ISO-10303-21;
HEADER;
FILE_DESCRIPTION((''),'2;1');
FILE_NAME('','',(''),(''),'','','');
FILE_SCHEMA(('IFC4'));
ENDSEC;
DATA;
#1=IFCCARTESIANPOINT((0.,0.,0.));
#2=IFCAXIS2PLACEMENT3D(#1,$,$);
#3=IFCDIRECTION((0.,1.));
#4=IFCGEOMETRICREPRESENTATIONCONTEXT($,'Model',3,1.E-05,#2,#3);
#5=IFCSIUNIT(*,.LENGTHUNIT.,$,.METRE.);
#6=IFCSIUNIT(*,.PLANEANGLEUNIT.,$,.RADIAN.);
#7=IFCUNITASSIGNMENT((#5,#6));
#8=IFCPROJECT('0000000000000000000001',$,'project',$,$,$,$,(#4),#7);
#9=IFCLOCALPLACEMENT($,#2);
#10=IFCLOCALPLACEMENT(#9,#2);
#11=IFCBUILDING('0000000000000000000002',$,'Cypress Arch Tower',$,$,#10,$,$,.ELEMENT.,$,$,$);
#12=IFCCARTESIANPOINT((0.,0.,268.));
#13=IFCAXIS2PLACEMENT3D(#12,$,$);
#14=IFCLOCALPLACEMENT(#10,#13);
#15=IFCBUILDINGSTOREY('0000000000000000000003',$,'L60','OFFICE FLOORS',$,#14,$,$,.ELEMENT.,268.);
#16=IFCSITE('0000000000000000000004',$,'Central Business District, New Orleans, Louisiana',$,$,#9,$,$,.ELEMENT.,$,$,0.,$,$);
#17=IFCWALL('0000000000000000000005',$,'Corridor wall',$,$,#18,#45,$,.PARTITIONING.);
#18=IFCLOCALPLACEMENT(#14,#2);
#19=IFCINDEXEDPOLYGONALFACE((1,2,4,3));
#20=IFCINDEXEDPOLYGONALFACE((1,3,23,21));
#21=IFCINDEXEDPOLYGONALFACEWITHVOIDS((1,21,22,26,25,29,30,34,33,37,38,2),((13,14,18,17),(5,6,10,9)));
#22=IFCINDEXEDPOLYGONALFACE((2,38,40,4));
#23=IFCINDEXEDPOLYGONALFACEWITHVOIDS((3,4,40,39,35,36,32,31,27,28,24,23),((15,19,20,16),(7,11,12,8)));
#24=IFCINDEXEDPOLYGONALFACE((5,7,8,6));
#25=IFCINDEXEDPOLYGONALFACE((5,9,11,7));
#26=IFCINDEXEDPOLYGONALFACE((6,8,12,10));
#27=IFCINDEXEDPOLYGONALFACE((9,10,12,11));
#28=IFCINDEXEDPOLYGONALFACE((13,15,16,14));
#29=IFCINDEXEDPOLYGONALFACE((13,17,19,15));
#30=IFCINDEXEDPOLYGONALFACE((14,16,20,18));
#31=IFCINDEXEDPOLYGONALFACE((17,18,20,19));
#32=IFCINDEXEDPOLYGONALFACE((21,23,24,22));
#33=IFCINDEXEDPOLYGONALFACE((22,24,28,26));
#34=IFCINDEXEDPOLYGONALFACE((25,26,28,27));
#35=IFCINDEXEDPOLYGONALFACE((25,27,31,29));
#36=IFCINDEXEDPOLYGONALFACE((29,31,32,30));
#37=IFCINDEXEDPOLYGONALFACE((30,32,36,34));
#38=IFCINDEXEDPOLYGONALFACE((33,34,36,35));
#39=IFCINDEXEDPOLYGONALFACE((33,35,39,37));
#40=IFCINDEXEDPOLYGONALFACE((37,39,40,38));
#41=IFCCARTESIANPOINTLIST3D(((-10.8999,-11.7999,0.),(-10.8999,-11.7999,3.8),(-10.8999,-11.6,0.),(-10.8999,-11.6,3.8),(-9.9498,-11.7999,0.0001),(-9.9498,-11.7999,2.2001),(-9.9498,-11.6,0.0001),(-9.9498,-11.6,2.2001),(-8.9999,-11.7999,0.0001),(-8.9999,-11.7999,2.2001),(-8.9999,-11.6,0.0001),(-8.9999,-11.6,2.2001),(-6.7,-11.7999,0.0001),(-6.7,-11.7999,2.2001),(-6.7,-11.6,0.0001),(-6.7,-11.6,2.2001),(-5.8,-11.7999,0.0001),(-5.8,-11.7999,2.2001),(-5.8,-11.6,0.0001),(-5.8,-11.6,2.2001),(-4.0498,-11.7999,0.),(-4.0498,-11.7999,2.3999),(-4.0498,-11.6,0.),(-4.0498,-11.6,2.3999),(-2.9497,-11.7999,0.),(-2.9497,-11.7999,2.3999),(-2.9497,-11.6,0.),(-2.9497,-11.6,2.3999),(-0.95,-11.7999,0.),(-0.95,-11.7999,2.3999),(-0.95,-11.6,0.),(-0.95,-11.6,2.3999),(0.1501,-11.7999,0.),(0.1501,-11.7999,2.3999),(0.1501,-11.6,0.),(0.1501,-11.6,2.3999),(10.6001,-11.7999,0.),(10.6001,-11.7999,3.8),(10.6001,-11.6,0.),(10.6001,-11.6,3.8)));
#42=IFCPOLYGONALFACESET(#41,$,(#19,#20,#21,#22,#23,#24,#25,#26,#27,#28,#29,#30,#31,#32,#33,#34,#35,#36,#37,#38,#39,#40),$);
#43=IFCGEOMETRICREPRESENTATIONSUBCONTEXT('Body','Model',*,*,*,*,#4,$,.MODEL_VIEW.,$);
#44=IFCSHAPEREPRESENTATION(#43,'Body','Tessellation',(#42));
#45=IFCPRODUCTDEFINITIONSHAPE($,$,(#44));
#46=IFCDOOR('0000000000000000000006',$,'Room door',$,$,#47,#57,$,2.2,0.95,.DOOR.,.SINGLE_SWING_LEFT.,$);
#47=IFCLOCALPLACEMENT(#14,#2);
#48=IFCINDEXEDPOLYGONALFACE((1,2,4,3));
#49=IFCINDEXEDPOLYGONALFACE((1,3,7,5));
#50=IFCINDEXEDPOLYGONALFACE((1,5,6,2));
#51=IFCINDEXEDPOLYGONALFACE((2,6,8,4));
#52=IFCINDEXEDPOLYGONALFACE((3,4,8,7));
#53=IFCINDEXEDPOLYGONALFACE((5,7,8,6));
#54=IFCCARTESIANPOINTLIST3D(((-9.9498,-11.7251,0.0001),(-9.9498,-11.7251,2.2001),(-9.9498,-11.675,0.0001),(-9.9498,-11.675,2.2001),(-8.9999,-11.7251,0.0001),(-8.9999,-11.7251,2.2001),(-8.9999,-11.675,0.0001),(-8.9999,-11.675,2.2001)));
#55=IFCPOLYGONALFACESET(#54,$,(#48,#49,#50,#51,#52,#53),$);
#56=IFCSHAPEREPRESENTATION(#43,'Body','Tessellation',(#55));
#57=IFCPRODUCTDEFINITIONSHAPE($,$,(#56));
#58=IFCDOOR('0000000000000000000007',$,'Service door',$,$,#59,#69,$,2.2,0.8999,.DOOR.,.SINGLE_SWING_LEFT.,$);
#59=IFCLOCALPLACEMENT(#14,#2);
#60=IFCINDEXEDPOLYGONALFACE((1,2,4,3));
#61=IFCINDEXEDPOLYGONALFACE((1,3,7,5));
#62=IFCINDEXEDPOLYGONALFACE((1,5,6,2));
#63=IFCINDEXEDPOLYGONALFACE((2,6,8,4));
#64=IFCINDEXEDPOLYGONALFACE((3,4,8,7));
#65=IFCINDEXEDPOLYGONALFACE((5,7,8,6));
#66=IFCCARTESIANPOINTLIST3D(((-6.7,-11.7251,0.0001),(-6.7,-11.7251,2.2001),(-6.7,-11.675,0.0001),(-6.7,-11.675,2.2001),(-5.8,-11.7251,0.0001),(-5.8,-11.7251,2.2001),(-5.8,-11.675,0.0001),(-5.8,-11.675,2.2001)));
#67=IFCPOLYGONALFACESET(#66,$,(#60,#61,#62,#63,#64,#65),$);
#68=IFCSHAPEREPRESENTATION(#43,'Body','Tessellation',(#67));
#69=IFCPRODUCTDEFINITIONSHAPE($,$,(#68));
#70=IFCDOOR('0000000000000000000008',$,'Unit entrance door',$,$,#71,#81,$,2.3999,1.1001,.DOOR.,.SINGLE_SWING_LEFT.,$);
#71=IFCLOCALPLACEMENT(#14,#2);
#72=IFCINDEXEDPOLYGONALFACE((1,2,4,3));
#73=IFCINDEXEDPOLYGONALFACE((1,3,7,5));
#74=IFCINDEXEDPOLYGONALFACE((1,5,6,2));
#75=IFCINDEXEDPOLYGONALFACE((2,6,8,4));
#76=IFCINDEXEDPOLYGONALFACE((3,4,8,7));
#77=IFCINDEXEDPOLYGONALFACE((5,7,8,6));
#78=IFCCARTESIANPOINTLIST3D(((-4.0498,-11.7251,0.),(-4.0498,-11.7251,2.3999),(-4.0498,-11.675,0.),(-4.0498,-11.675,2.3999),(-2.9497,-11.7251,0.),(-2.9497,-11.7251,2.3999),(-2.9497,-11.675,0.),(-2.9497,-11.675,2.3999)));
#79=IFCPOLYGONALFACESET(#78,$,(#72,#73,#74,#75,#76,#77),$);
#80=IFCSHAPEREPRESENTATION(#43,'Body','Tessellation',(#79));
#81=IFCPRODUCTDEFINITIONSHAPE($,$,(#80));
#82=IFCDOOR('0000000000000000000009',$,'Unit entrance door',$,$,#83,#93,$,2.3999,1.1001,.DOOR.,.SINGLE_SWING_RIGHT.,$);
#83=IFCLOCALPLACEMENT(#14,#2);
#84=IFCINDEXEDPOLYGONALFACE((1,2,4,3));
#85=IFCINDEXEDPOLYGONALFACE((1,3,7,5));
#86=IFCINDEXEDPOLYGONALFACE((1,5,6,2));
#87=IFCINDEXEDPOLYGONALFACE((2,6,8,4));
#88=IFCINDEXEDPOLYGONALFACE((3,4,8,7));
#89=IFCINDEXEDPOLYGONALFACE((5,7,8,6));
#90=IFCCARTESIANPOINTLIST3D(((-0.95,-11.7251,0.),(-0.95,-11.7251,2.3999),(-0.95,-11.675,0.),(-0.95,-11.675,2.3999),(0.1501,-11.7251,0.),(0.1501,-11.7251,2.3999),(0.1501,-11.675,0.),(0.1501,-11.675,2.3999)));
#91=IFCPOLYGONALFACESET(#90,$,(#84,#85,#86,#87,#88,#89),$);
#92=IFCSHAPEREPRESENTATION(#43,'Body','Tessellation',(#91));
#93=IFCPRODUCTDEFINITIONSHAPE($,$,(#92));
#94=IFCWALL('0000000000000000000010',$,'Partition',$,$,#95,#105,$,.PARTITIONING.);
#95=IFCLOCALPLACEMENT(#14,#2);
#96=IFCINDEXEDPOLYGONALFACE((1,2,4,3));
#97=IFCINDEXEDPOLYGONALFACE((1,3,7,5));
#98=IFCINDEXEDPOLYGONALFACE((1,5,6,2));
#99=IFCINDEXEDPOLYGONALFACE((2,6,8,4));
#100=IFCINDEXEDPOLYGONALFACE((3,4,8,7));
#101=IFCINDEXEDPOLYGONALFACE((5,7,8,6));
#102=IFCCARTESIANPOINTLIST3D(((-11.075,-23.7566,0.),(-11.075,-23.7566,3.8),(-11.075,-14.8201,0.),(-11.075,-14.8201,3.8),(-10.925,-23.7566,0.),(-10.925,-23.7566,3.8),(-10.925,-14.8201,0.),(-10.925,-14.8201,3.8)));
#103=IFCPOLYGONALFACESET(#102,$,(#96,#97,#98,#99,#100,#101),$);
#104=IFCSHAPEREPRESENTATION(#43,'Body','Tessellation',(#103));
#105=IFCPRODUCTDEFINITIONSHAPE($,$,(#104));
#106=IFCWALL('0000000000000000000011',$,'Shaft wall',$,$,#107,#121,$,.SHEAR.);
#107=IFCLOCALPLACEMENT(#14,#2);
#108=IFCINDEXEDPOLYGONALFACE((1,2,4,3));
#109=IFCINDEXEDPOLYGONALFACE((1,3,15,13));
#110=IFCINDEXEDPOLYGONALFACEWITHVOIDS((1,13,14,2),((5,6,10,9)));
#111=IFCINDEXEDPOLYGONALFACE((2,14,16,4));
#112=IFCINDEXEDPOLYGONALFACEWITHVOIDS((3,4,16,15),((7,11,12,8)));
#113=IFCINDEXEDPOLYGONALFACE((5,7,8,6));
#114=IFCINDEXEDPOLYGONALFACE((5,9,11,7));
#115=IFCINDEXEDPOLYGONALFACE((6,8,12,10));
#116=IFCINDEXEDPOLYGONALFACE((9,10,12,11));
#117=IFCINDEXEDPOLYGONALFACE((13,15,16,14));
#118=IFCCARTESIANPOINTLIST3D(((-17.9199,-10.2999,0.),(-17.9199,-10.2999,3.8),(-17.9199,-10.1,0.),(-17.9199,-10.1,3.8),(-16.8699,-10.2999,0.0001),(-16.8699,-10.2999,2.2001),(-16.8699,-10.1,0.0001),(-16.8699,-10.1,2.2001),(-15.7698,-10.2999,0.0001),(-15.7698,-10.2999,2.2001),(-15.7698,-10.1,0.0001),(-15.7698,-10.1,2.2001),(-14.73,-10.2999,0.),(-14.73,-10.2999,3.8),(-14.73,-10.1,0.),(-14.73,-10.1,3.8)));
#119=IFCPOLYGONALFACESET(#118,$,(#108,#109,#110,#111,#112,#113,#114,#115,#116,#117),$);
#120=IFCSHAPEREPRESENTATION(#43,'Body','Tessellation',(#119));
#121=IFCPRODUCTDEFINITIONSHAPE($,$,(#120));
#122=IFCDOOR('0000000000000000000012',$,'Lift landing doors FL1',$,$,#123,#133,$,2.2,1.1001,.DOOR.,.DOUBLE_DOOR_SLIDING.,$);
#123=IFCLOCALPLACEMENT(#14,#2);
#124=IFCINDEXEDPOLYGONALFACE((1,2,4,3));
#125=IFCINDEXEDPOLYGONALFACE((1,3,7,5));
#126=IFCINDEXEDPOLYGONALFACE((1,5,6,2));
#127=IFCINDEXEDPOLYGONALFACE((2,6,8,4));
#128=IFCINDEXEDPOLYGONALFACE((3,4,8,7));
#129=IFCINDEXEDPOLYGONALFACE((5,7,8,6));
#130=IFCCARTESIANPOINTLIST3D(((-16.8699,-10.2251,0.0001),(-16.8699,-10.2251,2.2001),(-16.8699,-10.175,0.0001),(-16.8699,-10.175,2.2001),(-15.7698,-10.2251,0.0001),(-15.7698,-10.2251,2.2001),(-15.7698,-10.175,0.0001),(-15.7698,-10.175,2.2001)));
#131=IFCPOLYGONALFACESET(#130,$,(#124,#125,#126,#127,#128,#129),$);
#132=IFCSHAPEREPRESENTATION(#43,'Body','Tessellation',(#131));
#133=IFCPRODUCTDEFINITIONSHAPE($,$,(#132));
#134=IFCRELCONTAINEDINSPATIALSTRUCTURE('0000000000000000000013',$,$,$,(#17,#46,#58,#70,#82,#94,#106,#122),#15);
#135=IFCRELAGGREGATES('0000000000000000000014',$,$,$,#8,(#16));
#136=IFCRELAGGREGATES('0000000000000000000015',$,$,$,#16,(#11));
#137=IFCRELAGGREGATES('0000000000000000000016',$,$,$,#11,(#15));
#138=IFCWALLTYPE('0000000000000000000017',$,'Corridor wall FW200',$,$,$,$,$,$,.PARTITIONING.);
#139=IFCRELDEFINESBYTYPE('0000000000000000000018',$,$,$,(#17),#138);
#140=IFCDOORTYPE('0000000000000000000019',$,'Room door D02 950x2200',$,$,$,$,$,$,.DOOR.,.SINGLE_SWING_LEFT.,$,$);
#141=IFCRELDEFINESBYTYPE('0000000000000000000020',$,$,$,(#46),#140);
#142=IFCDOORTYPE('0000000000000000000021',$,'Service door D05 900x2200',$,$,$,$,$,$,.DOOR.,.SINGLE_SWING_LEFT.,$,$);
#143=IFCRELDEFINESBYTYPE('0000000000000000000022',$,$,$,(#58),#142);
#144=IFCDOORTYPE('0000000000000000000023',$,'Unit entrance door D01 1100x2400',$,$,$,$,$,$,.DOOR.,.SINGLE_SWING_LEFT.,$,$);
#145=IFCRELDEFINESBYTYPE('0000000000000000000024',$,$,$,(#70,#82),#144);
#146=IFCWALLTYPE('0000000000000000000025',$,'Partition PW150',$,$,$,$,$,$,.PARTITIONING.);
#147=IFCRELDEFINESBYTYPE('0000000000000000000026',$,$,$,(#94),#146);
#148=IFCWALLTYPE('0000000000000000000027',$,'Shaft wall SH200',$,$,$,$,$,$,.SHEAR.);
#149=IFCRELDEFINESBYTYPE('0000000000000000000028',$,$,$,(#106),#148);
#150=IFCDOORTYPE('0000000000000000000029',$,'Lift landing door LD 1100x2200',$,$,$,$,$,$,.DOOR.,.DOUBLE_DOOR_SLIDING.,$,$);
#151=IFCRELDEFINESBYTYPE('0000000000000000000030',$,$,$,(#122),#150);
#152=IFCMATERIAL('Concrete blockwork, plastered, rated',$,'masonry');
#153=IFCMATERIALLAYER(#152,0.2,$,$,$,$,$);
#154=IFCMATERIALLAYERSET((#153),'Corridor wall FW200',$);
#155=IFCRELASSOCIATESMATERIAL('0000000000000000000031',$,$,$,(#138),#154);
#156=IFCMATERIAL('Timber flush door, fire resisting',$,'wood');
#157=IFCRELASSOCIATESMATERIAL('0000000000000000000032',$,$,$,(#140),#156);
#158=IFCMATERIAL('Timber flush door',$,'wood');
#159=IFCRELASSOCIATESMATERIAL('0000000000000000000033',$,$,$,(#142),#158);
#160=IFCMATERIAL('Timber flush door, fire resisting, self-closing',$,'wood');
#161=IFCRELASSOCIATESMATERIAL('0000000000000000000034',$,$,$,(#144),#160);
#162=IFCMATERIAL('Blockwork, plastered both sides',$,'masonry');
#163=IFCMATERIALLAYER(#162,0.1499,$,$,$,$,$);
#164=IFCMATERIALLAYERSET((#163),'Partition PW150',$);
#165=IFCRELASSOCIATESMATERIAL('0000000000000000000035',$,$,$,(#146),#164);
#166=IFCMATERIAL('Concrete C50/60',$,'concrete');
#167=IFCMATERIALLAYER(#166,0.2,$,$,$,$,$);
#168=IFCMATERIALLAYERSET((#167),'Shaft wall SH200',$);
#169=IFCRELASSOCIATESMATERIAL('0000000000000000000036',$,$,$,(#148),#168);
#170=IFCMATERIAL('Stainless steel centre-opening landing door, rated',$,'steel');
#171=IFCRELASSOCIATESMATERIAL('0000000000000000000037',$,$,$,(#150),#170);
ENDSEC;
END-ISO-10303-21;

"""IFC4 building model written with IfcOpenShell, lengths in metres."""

from ifc_helpers import new_model, si_unit, direction, frame, frame_2d, origin, place, context, subcontext, project, spatial, rectangle, extrude, material, layer, layer_set, type_object, element, fill, save


model = new_model("IFC4")

# Units and contexts
model_context = context("Model", 3, precision=1e-05, world=origin(), true_north=direction((0.0, 1.0)))
body_context = subcontext(model_context, "Body", "Model", "MODEL_VIEW")
ifc_project = project(units=[si_unit("LENGTHUNIT", "METRE"), si_unit("PLANEANGLEUNIT", "RADIAN")], contexts=[model_context])

# Site, building, storey
site_placement = place(None, origin())
site = spatial("IfcSite", under=ifc_project, at=site_placement, Name="Central Business District, New Orleans, Louisiana", CompositionType="ELEMENT", RefElevation=0.0)
building_placement = place(site_placement, origin())
building = spatial("IfcBuilding", under=site, at=building_placement, Name="Cypress Arch Tower", CompositionType="ELEMENT")
storey_placement = place(building_placement, frame((0.0, 0.0, 268.0)))
storey = spatial("IfcBuildingStorey", under=building, at=storey_placement, Name="L60", Description="OFFICE FLOORS", CompositionType="ELEMENT", Elevation=268.0)

# Shared definitions
ifc_material_1 = material(Name="Concrete blockwork, plastered, rated", Category="masonry")
ifc_layer_1 = layer(ifc_material_1, 0.2)
ifc_layer_set_1 = layer_set([ifc_layer_1], Name="Corridor wall FW200")
wall_type_1 = type_object("IfcWallType", Name="Corridor wall FW200", PredefinedType="PARTITIONING", material=ifc_layer_set_1)

# Wall, openings, doors
wall_1_placement = place(storey_placement, frame((-10.8999, -11.7, 0.0), z_axis=(0.0, 0.0, 1.0), x_axis=(1.0, 0.0, 0.0)))
wall_1 = element("IfcWall", 1, at=wall_1_placement, inside=storey, type_object=wall_type_1, Name="Corridor wall", PredefinedType="PARTITIONING", context=body_context, shape_type="SweptSolid", body=[
    extrude(rectangle(XDim=21.5, YDim=0.2, at=frame_2d((10.75, 0.0))), origin(), (0.0, 0.0, 1.0), 3.8),
])
opening_1_placement = place(wall_1_placement, frame((0.95, 0.0, 0.0)))
opening_1 = element("IfcOpeningElement", 2, at=opening_1_placement, cuts=wall_1, PredefinedType="OPENING", context=body_context, shape_type="SweptSolid", body=[
    extrude(rectangle(XDim=0.95, YDim=2.2, at=frame_2d((0.4751, 1.1001))), frame((0.0, 0.1099, 0.0), z_axis=(0.0, -1.0, 0.0), x_axis=(1.0, 0.0, 0.0)), (0.0, 0.0, 1.0), 0.22),
])
opening_2_placement = place(wall_1_placement, frame((4.2, 0.0, 0.0)))
opening_2 = element("IfcOpeningElement", 3, at=opening_2_placement, cuts=wall_1, PredefinedType="OPENING", context=body_context, shape_type="SweptSolid", body=[
    extrude(rectangle(XDim=0.8999, YDim=2.2, at=frame_2d((0.45, 1.1001))), frame((0.0, 0.1099, 0.0), z_axis=(0.0, -1.0, 0.0), x_axis=(1.0, 0.0, 0.0)), (0.0, 0.0, 1.0), 0.22),
])
opening_3_placement = place(wall_1_placement, frame((6.8501, 0.0, 0.0)))
opening_3 = element("IfcOpeningElement", 4, at=opening_3_placement, cuts=wall_1, PredefinedType="OPENING", context=body_context, shape_type="SweptSolid", body=[
    extrude(rectangle(XDim=1.1001, YDim=2.3999, at=frame_2d((0.55, 1.2))), frame((0.0, 0.1099, 0.0), z_axis=(0.0, -1.0, 0.0), x_axis=(1.0, 0.0, 0.0)), (0.0, 0.0, 1.0), 0.22),
])
opening_4_placement = place(wall_1_placement, frame((9.95, 0.0, 0.0)))
opening_4 = element("IfcOpeningElement", 5, at=opening_4_placement, cuts=wall_1, PredefinedType="OPENING", context=body_context, shape_type="SweptSolid", body=[
    extrude(rectangle(XDim=1.1001, YDim=2.3999, at=frame_2d((0.55, 1.2))), frame((0.0, 0.1099, 0.0), z_axis=(0.0, -1.0, 0.0), x_axis=(1.0, 0.0, 0.0)), (0.0, 0.0, 1.0), 0.22),
])
ifc_material_2 = material(Name="Timber flush door, fire resisting", Category="wood")
door_type_1 = type_object("IfcDoorType", Name="Room door D02 950x2200", OperationType="SINGLE_SWING_LEFT", PredefinedType="DOOR", material=ifc_material_2)
door_1_placement = place(opening_1_placement, origin())
door_1 = element("IfcDoor", 6, at=door_1_placement, inside=storey, type_object=door_type_1, Name="Room door", OperationType="SINGLE_SWING_LEFT", OverallHeight=2.2, OverallWidth=0.95, PredefinedType="DOOR", context=body_context, shape_type="SweptSolid", body=[
    extrude(rectangle(XDim=0.95, YDim=2.2, at=frame_2d((0.4751, 1.1001))), frame((0.0, 0.0249, 0.0), z_axis=(0.0, -1.0, 0.0), x_axis=(1.0, 0.0, 0.0)), (0.0, 0.0, 1.0), 0.05),
])
fill(opening_1, door_1)
ifc_material_3 = material(Name="Timber flush door", Category="wood")
door_type_2 = type_object("IfcDoorType", Name="Service door D05 900x2200", OperationType="SINGLE_SWING_LEFT", PredefinedType="DOOR", material=ifc_material_3)
door_2_placement = place(opening_2_placement, origin())
door_2 = element("IfcDoor", 7, at=door_2_placement, inside=storey, type_object=door_type_2, Name="Service door", OperationType="SINGLE_SWING_LEFT", OverallHeight=2.2, OverallWidth=0.8999, PredefinedType="DOOR", context=body_context, shape_type="SweptSolid", body=[
    extrude(rectangle(XDim=0.8999, YDim=2.2, at=frame_2d((0.45, 1.1001))), frame((0.0, 0.0249, 0.0), z_axis=(0.0, -1.0, 0.0), x_axis=(1.0, 0.0, 0.0)), (0.0, 0.0, 1.0), 0.05),
])
fill(opening_2, door_2)
ifc_material_4 = material(Name="Timber flush door, fire resisting, self-closing", Category="wood")
door_type_3 = type_object("IfcDoorType", Name="Unit entrance door D01 1100x2400", OperationType="SINGLE_SWING_LEFT", PredefinedType="DOOR", material=ifc_material_4)
door_3_placement = place(opening_3_placement, origin())
door_3 = element("IfcDoor", 8, at=door_3_placement, inside=storey, type_object=door_type_3, Name="Unit entrance door", OperationType="SINGLE_SWING_LEFT", OverallHeight=2.3999, OverallWidth=1.1001, PredefinedType="DOOR", context=body_context, shape_type="SweptSolid", body=[
    extrude(rectangle(XDim=1.1001, YDim=2.3999, at=frame_2d((0.55, 1.2))), frame((0.0, 0.0249, 0.0), z_axis=(0.0, -1.0, 0.0), x_axis=(1.0, 0.0, 0.0)), (0.0, 0.0, 1.0), 0.05),
])
fill(opening_3, door_3)
door_4_placement = place(opening_4_placement, origin())
door_4 = element("IfcDoor", 9, at=door_4_placement, inside=storey, type_object=door_type_3, Name="Unit entrance door", OperationType="SINGLE_SWING_RIGHT", OverallHeight=2.3999, OverallWidth=1.1001, PredefinedType="DOOR", context=body_context, shape_type="SweptSolid", body=[
    extrude(rectangle(XDim=1.1001, YDim=2.3999, at=frame_2d((0.55, 1.2))), frame((0.0, 0.0249, 0.0), z_axis=(0.0, -1.0, 0.0), x_axis=(1.0, 0.0, 0.0)), (0.0, 0.0, 1.0), 0.05),
])
fill(opening_4, door_4)

# Wall
ifc_material_5 = material(Name="Blockwork, plastered both sides", Category="masonry")
ifc_layer_2 = layer(ifc_material_5, 0.1499)
ifc_layer_set_2 = layer_set([ifc_layer_2], Name="Partition PW150")
wall_type_2 = type_object("IfcWallType", Name="Partition PW150", PredefinedType="PARTITIONING", material=ifc_layer_set_2)
wall_2_placement = place(storey_placement, frame((-11.0, -23.7566, 0.0), z_axis=(0.0, 0.0, 1.0), x_axis=(0.0, 1.0, 0.0)))
element("IfcWall", 10, at=wall_2_placement, inside=storey, type_object=wall_type_2, Name="Partition", PredefinedType="PARTITIONING", context=body_context, shape_type="SweptSolid", body=[
    extrude(rectangle(XDim=8.9365, YDim=0.1499, at=frame_2d((4.4683, 0.0))), origin(), (0.0, 0.0, 1.0), 3.8),
])

# Wall, opening, door
ifc_material_6 = material(Name="Concrete C50/60", Category="concrete")
ifc_layer_3 = layer(ifc_material_6, 0.2)
ifc_layer_set_3 = layer_set([ifc_layer_3], Name="Shaft wall SH200")
wall_type_3 = type_object("IfcWallType", Name="Shaft wall SH200", PredefinedType="SHEAR", material=ifc_layer_set_3)
wall_3_placement = place(storey_placement, frame((-17.9199, -10.2, 0.0), z_axis=(0.0, 0.0, 1.0), x_axis=(1.0, 0.0, 0.0)))
wall_3 = element("IfcWall", 11, at=wall_3_placement, inside=storey, type_object=wall_type_3, Name="Shaft wall", PredefinedType="SHEAR", context=body_context, shape_type="SweptSolid", body=[
    extrude(rectangle(XDim=3.1899, YDim=0.2, at=frame_2d((1.595, 0.0))), origin(), (0.0, 0.0, 1.0), 3.8),
])
opening_5_placement = place(wall_3_placement, frame((1.05, 0.0, 0.0)))
opening_5 = element("IfcOpeningElement", 12, at=opening_5_placement, cuts=wall_3, PredefinedType="OPENING", context=body_context, shape_type="SweptSolid", body=[
    extrude(rectangle(XDim=1.1001, YDim=2.2, at=frame_2d((0.55, 1.1001))), frame((0.0, 0.1099, 0.0), z_axis=(0.0, -1.0, 0.0), x_axis=(1.0, 0.0, 0.0)), (0.0, 0.0, 1.0), 0.22),
])
ifc_material_7 = material(Name="Stainless steel centre-opening landing door, rated", Category="steel")
door_type_4 = type_object("IfcDoorType", Name="Lift landing door LD 1100x2200", OperationType="DOUBLE_DOOR_SLIDING", PredefinedType="DOOR", material=ifc_material_7)
door_5_placement = place(opening_5_placement, origin())
door_5 = element("IfcDoor", 13, at=door_5_placement, inside=storey, type_object=door_type_4, Name="Lift landing doors FL1", OperationType="DOUBLE_DOOR_SLIDING", OverallHeight=2.2, OverallWidth=1.1001, PredefinedType="DOOR", context=body_context, shape_type="SweptSolid", body=[
    extrude(rectangle(XDim=1.1001, YDim=2.2, at=frame_2d((0.55, 1.1001))), frame((0.0, 0.0249, 0.0), z_axis=(0.0, -1.0, 0.0), x_axis=(1.0, 0.0, 0.0)), (0.0, 0.0, 1.0), 0.05),
])
fill(opening_5, door_5)

save(model, "model.ifc")
